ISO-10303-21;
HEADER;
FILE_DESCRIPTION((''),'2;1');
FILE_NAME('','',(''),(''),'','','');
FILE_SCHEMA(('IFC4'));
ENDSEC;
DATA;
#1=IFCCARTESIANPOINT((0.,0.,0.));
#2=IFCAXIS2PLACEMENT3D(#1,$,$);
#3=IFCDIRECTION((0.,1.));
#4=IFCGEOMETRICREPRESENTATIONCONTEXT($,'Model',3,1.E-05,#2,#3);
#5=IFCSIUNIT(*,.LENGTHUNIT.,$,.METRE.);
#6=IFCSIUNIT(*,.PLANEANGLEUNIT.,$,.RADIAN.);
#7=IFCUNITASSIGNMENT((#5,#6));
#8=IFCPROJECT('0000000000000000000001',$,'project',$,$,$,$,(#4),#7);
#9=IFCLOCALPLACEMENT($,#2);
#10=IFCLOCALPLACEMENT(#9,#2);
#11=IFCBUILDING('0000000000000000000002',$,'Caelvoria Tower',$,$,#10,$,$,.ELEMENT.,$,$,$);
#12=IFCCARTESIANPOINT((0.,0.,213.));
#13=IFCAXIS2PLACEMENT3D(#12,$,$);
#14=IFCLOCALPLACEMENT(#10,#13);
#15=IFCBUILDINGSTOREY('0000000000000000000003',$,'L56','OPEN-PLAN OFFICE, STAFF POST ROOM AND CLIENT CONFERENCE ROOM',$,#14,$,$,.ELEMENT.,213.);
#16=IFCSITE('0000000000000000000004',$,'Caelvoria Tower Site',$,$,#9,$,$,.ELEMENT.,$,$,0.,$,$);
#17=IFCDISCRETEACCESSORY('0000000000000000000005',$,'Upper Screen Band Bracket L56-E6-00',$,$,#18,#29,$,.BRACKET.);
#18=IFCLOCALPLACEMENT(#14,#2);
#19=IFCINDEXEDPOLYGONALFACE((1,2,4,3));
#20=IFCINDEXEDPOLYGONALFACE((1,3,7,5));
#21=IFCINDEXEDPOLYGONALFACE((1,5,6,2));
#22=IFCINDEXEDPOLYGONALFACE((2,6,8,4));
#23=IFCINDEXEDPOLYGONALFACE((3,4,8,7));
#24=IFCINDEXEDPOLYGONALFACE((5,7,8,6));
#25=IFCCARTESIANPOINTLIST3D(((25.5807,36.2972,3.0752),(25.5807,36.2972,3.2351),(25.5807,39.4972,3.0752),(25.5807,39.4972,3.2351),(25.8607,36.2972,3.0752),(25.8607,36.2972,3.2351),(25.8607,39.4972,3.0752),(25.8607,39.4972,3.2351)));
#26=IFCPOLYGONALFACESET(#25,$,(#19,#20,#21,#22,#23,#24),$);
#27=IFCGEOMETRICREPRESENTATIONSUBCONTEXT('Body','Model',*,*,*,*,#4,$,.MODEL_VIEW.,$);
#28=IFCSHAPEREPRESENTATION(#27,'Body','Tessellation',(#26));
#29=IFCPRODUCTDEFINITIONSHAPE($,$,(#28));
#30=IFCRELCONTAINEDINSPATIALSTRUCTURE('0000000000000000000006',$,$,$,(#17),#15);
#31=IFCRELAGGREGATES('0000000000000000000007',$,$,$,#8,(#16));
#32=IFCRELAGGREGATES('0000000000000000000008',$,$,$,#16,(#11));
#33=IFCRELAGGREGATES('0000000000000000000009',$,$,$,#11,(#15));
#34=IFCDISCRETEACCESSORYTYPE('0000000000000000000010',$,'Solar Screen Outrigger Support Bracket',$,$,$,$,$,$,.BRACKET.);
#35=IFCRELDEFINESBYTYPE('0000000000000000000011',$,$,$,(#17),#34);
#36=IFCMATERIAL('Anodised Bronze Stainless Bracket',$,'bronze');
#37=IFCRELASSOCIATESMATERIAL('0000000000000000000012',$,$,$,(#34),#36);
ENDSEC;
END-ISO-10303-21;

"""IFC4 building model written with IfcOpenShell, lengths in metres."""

from ifc_helpers import new_model, si_unit, direction, frame, origin, origin_2d, place, context, subcontext, project, spatial, rectangle, extrude, material, type_object, element, save


model = new_model("IFC4")

# Units and contexts
model_context = context("Model", 3, precision=1e-05, world=origin(), true_north=direction((0.0, 1.0)))
body_context = subcontext(model_context, "Body", "Model", "MODEL_VIEW")
ifc_project = project(units=[si_unit("LENGTHUNIT", "METRE"), si_unit("PLANEANGLEUNIT", "RADIAN")], contexts=[model_context])

# Site, building, storey
site_placement = place(None, origin())
site = spatial("IfcSite", under=ifc_project, at=site_placement, Name="Caelvoria Tower Site", CompositionType="ELEMENT", RefElevation=0.0)
building_placement = place(site_placement, origin())
building = spatial("IfcBuilding", under=site, at=building_placement, Name="Caelvoria Tower", CompositionType="ELEMENT")
storey_placement = place(building_placement, frame((0.0, 0.0, 213.0)))
storey = spatial("IfcBuildingStorey", under=building, at=storey_placement, Name="L56", Description="OPEN-PLAN OFFICE, STAFF POST ROOM AND CLIENT CONFERENCE ROOM", CompositionType="ELEMENT", Elevation=213.0)

# Discrete accessory
ifc_material_1 = material(Name="Anodised Bronze Stainless Bracket", Category="bronze")
discrete_accessory_type = type_object("IfcDiscreteAccessoryType", Name="Solar Screen Outrigger Support Bracket", PredefinedType="BRACKET", material=ifc_material_1)
for number, where, z_axis, x_axis, name in (
    (1, (25.7207, 37.8972, 3.0752), (0.0, 0.0, 1.0), (0.0, -1.0, 0.0), "Upper Screen Band Bracket L56-E6-00"),
):
    element("IfcDiscreteAccessory", number, at=place(storey_placement, frame(where, z_axis=z_axis, x_axis=x_axis)), inside=storey, type_object=discrete_accessory_type, Name=name, PredefinedType="BRACKET", context=body_context, shape_type="SweptSolid", body=[
        extrude(rectangle(XDim=3.2, YDim=0.28, at=origin_2d()), origin(), (0.0, 0.0, 1.0), 0.1599),
    ])

save(model, "model.ifc")
